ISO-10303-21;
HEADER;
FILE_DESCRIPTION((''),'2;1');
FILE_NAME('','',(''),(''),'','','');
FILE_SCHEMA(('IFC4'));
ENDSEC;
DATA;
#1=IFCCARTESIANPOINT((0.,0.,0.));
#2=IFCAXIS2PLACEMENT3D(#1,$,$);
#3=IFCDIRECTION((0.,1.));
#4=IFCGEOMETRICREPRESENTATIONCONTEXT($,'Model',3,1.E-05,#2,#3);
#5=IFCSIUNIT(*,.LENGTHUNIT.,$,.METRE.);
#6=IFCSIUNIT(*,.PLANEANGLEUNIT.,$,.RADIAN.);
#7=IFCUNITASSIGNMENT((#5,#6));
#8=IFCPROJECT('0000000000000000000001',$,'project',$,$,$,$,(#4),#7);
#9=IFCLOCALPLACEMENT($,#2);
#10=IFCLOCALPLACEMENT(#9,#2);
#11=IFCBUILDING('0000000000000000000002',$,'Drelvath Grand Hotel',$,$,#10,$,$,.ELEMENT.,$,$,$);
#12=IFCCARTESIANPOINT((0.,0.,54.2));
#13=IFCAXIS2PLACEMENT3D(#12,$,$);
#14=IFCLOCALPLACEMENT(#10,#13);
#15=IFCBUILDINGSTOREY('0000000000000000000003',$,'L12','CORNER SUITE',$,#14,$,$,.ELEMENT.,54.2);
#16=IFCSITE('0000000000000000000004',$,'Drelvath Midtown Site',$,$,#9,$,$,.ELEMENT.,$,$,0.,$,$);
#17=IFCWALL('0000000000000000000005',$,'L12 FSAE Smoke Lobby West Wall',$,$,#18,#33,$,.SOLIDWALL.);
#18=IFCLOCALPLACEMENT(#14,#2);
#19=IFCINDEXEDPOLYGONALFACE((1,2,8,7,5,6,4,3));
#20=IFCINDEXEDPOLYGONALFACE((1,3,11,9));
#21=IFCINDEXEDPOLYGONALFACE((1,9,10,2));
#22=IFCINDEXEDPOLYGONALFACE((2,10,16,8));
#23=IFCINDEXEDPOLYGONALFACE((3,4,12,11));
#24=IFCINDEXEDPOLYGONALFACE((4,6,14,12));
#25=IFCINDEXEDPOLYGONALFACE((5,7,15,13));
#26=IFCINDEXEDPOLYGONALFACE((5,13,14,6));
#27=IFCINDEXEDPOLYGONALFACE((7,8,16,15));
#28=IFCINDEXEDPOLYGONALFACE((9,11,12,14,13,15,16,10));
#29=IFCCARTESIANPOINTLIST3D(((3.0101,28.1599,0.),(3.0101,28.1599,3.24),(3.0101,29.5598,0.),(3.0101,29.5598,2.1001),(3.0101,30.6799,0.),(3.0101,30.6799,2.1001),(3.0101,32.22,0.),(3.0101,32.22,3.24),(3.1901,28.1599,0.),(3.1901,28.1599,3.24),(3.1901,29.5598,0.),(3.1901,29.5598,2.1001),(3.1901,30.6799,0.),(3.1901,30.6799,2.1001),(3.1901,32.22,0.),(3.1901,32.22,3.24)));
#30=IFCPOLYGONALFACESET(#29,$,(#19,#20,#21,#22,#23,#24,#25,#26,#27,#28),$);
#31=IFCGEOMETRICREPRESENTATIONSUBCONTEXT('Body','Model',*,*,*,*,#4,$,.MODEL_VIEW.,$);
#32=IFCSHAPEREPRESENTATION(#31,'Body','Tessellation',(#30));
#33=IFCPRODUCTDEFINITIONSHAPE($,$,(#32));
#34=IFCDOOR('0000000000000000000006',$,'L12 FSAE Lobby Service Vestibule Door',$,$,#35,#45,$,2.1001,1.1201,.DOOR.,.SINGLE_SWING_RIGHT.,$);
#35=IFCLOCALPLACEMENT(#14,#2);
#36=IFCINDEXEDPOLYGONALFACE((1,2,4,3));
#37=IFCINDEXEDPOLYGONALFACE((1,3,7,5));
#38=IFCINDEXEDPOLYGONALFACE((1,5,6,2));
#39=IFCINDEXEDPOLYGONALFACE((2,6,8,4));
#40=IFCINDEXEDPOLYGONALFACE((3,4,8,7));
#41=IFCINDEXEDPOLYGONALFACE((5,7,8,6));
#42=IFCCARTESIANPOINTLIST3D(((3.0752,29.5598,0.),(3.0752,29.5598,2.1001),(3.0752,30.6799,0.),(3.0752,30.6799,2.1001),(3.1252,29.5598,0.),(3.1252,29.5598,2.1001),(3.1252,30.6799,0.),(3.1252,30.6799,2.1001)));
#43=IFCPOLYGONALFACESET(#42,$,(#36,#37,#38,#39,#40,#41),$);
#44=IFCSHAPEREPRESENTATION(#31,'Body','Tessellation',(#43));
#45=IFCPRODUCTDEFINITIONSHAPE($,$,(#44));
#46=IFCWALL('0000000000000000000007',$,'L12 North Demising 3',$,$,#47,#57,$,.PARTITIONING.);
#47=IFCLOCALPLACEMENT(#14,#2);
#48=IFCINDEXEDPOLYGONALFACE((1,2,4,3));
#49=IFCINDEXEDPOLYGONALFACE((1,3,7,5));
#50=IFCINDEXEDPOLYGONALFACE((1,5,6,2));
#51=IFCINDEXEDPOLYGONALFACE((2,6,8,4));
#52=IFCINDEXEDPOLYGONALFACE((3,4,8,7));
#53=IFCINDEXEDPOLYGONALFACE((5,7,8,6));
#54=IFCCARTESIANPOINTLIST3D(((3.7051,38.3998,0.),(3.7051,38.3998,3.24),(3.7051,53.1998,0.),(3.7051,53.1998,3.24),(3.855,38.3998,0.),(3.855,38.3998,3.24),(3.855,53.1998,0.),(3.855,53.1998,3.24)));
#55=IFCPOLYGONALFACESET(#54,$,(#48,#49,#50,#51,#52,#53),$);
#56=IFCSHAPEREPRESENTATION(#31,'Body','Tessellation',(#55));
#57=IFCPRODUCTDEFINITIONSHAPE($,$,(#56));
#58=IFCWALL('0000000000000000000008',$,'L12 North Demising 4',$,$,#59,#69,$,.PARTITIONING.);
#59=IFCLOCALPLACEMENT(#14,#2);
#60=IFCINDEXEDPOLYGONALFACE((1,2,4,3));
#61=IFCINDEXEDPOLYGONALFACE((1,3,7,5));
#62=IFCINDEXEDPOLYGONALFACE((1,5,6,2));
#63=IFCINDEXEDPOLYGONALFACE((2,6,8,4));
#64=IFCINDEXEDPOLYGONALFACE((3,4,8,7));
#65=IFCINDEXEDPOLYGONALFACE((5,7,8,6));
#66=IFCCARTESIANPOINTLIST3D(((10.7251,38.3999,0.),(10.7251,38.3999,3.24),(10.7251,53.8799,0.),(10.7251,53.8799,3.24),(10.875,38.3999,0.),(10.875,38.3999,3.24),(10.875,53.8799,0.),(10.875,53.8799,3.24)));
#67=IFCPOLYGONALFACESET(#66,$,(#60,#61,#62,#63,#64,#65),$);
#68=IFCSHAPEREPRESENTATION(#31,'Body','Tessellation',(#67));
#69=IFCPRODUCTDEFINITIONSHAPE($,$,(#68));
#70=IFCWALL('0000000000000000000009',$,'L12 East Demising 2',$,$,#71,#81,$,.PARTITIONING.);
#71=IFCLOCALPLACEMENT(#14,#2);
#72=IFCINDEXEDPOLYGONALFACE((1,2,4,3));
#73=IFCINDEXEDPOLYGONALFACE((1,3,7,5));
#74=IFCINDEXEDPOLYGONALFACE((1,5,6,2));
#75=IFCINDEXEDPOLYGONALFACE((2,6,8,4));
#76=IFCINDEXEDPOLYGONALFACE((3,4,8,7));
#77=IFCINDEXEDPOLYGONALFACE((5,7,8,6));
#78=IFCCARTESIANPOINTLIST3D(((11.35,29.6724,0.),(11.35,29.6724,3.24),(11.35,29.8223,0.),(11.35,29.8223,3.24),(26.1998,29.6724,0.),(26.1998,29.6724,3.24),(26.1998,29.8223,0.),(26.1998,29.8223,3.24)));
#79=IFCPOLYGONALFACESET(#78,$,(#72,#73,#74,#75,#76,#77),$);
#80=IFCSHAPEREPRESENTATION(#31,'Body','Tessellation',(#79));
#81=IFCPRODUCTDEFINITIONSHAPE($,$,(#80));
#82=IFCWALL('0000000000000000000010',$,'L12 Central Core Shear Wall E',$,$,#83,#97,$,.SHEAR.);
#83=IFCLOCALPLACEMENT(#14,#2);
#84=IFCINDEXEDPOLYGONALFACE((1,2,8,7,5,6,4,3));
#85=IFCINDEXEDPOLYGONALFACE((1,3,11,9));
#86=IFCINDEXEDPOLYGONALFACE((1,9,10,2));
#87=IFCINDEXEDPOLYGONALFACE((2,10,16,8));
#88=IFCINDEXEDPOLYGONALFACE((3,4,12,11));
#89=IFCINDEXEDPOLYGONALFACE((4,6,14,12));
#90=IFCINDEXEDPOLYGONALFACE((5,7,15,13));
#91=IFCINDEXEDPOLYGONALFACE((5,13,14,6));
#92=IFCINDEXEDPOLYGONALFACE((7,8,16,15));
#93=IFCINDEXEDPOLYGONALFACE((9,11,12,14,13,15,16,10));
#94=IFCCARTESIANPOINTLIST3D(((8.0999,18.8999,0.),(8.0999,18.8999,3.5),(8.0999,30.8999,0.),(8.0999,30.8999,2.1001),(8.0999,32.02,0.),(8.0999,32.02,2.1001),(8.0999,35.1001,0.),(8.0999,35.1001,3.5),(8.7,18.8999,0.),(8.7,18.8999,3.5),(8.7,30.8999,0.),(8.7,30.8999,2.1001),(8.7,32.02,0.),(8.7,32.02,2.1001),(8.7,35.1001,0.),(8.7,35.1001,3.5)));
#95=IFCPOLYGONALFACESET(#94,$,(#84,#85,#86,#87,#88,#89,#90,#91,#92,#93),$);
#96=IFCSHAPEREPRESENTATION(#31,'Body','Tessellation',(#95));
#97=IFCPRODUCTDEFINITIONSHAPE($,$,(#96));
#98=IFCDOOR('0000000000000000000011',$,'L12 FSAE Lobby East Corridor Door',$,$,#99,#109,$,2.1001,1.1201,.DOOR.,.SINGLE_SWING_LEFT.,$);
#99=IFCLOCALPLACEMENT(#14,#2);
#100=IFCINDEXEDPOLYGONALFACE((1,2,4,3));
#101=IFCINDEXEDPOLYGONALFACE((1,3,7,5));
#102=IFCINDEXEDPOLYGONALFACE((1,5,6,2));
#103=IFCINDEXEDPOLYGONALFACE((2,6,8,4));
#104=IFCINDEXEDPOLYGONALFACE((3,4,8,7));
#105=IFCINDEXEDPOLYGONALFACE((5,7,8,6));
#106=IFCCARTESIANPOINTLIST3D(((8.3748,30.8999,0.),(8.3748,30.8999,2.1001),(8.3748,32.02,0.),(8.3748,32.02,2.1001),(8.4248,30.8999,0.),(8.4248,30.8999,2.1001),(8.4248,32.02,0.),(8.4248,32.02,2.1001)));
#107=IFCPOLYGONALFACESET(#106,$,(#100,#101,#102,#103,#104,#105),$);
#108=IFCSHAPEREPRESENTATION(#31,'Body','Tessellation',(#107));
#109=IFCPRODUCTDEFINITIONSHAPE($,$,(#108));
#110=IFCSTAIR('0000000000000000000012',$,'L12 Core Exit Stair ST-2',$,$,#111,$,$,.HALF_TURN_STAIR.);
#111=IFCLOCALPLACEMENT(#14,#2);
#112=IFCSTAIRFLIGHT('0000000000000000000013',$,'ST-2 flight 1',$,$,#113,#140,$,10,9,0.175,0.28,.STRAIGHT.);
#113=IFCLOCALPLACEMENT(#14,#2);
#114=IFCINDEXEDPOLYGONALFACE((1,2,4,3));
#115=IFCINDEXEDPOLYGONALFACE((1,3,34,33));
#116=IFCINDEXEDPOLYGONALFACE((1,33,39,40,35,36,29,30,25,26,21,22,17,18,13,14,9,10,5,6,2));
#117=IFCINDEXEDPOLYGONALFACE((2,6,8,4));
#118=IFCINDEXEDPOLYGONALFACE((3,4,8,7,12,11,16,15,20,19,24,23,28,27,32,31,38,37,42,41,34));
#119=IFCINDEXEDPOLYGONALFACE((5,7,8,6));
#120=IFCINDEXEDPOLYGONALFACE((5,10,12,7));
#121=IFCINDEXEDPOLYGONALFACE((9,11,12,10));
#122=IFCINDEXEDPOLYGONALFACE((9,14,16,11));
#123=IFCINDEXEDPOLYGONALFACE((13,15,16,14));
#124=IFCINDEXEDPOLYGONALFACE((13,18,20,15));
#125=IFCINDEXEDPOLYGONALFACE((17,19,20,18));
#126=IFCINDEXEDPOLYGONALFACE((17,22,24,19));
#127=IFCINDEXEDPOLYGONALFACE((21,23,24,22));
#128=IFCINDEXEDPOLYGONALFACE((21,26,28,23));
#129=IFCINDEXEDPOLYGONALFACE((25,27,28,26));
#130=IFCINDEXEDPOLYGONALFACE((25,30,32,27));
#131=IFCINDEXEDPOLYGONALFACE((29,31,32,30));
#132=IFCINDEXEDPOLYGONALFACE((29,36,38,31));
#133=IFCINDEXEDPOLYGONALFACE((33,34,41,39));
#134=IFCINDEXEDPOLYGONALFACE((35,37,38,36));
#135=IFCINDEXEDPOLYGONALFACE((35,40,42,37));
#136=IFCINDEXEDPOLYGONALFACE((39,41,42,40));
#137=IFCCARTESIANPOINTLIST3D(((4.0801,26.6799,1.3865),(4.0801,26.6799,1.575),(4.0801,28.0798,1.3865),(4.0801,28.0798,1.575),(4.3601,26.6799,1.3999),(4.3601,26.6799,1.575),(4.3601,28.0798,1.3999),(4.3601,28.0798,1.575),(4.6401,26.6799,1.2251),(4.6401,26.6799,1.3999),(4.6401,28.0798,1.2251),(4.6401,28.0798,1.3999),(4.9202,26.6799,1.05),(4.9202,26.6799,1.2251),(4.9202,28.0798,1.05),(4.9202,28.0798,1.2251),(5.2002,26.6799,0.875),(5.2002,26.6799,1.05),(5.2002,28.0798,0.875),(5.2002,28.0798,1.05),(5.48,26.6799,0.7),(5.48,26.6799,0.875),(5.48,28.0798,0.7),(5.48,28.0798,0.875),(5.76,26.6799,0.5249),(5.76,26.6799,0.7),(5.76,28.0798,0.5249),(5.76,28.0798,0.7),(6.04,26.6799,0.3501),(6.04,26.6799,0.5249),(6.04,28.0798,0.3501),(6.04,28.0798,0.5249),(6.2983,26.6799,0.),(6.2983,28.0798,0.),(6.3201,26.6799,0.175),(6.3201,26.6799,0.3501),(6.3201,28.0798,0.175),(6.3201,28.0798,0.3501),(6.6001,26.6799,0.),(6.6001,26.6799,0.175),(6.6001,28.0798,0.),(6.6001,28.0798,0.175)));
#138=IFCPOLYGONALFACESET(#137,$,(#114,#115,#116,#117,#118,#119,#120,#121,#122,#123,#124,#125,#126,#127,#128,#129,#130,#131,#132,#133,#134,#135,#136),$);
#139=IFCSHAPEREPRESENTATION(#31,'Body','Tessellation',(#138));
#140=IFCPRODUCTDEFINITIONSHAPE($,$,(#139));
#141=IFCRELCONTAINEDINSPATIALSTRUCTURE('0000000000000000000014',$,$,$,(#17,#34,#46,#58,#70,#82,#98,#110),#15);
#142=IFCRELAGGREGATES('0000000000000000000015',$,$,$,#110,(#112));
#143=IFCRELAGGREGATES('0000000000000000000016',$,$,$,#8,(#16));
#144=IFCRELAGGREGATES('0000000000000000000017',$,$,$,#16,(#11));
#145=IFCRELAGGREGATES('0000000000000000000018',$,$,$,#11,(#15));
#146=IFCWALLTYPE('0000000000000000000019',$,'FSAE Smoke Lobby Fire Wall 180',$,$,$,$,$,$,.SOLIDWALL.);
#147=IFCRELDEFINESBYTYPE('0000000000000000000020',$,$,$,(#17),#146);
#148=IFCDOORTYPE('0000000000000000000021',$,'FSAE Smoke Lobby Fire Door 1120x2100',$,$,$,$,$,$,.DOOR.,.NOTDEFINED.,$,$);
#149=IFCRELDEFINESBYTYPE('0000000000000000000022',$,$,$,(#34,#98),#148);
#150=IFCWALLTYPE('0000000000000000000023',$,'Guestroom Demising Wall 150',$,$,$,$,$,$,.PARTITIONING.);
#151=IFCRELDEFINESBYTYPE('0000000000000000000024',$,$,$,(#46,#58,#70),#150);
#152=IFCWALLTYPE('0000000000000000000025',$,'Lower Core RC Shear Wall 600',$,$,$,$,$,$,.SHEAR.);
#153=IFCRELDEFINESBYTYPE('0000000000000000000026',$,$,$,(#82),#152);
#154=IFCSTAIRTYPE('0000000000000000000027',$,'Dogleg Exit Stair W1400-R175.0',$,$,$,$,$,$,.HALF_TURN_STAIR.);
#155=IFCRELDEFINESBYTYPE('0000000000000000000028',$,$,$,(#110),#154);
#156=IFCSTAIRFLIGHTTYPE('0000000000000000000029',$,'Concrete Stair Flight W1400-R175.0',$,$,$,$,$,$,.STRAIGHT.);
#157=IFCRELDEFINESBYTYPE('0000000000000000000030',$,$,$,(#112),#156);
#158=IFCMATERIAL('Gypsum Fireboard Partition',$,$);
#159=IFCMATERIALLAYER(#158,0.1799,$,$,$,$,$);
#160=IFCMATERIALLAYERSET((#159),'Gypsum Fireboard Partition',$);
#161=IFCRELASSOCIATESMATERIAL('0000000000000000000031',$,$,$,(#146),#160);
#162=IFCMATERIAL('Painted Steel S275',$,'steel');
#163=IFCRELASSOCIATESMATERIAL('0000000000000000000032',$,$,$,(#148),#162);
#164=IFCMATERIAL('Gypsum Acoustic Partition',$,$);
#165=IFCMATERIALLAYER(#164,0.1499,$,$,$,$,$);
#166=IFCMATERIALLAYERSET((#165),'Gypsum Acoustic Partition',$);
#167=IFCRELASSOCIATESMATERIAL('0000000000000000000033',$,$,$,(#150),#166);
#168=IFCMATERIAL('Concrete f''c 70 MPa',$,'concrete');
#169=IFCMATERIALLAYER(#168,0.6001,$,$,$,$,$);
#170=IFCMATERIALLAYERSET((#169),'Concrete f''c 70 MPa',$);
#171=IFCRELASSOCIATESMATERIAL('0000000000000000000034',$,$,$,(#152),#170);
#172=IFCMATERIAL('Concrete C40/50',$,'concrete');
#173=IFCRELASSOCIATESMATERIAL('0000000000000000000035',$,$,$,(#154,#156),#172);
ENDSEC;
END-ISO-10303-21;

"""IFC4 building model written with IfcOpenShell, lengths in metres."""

from ifc_helpers import new_model, si_unit, direction, frame, frame_2d, origin, place, context, subcontext, project, spatial, polyline, rectangle, outline, extrude, material, layer, layer_set, type_object, element, fill, aggregate, save


model = new_model("IFC4")

# Units and contexts
model_context = context("Model", 3, precision=1e-05, world=origin(), true_north=direction((0.0, 1.0)))
body_context = subcontext(model_context, "Body", "Model", "MODEL_VIEW")
ifc_project = project(units=[si_unit("LENGTHUNIT", "METRE"), si_unit("PLANEANGLEUNIT", "RADIAN")], contexts=[model_context])

# Site, building, storey
site_placement = place(None, origin())
site = spatial("IfcSite", under=ifc_project, at=site_placement, Name="Drelvath Midtown Site", CompositionType="ELEMENT", RefElevation=0.0)
building_placement = place(site_placement, origin())
building = spatial("IfcBuilding", under=site, at=building_placement, Name="Drelvath Grand Hotel", CompositionType="ELEMENT")
storey_placement = place(building_placement, frame((0.0, 0.0, 54.2)))
storey = spatial("IfcBuildingStorey", under=building, at=storey_placement, Name="L12", Description="CORNER SUITE", CompositionType="ELEMENT", Elevation=54.2)

# Shared definitions
ifc_material_1 = material(Name="Concrete f'c 70 MPa", Category="concrete")

# Shared definitions
ifc_material_2 = material(Name="Concrete C40/50", Category="concrete")

# Shared definitions
ifc_material_3 = material(Name="Painted Steel S275", Category="steel")

# Shared definitions
ifc_material_4 = material(Name="Gypsum Fireboard Partition")

# Wall, opening, door
ifc_layer_1 = layer(ifc_material_4, 0.1799)
ifc_layer_set_1 = layer_set([ifc_layer_1], Name="Gypsum Fireboard Partition")
wall_type_1 = type_object("IfcWallType", Name="FSAE Smoke Lobby Fire Wall 180", PredefinedType="SOLIDWALL", material=ifc_layer_set_1)
wall_1_placement = place(storey_placement, frame((3.1001, 28.1599, 0.0), z_axis=(0.0, 0.0, 1.0), x_axis=(0.0, 1.0, 0.0)))
wall_1 = element("IfcWall", 1, at=wall_1_placement, inside=storey, type_object=wall_type_1, Name="L12 FSAE Smoke Lobby West Wall", PredefinedType="SOLIDWALL", context=body_context, shape_type="SweptSolid", body=[
    extrude(rectangle(XDim=4.0601, YDim=0.1799, at=frame_2d((2.03, 0.0))), origin(), (0.0, 0.0, 1.0), 3.24),
])
opening_1_placement = place(wall_1_placement, frame((1.3999, 0.0, 0.0)))
opening_1 = element("IfcOpeningElement", 2, at=opening_1_placement, cuts=wall_1, PredefinedType="OPENING", context=body_context, shape_type="SweptSolid", body=[
    extrude(rectangle(XDim=1.1201, YDim=2.1001, at=frame_2d((0.5601, 1.05))), frame((0.0, 0.0999, 0.0), z_axis=(0.0, -1.0, 0.0), x_axis=(1.0, 0.0, 0.0)), (0.0, 0.0, 1.0), 0.2),
])
door_type_1 = type_object("IfcDoorType", Name="FSAE Smoke Lobby Fire Door 1120x2100", OperationType="NOTDEFINED", PredefinedType="DOOR", material=ifc_material_3)
door_1_placement = place(opening_1_placement, origin())
door_1 = element("IfcDoor", 3, at=door_1_placement, inside=storey, type_object=door_type_1, Name="L12 FSAE Lobby Service Vestibule Door", OperationType="SINGLE_SWING_RIGHT", OverallHeight=2.1001, OverallWidth=1.1201, PredefinedType="DOOR", context=body_context, shape_type="SweptSolid", body=[
    extrude(rectangle(XDim=1.1201, YDim=2.1001, at=frame_2d((0.5601, 1.05))), frame((0.0, 0.0249, 0.0), z_axis=(0.0, -1.0, 0.0), x_axis=(1.0, 0.0, 0.0)), (0.0, 0.0, 1.0), 0.05),
])
fill(opening_1, door_1)

# Walls
ifc_material_5 = material(Name="Gypsum Acoustic Partition")
ifc_layer_2 = layer(ifc_material_5, 0.1499)
ifc_layer_set_2 = layer_set([ifc_layer_2], Name="Gypsum Acoustic Partition")
wall_type_2 = type_object("IfcWallType", Name="Guestroom Demising Wall 150", PredefinedType="PARTITIONING", material=ifc_layer_set_2)
wall_2_placement = place(storey_placement, frame((3.78, 38.3999, 0.0), z_axis=(0.0, 0.0, 1.0), x_axis=(0.0, 1.0, 0.0)))
element("IfcWall", 4, at=wall_2_placement, inside=storey, type_object=wall_type_2, Name="L12 North Demising 3", PredefinedType="PARTITIONING", context=body_context, shape_type="SweptSolid", body=[
    extrude(rectangle(XDim=14.8, YDim=0.1499, at=frame_2d((7.3999, 0.0))), origin(), (0.0, 0.0, 1.0), 3.24),
])
wall_3_placement = place(storey_placement, frame((10.8, 38.3999, 0.0), z_axis=(0.0, 0.0, 1.0), x_axis=(0.0, 1.0, 0.0)))
element("IfcWall", 5, at=wall_3_placement, inside=storey, type_object=wall_type_2, Name="L12 North Demising 4", PredefinedType="PARTITIONING", context=body_context, shape_type="SweptSolid", body=[
    extrude(rectangle(XDim=15.48, YDim=0.1499, at=frame_2d((7.74, 0.0))), origin(), (0.0, 0.0, 1.0), 3.24),
])
wall_4_placement = place(storey_placement, frame((11.3501, 29.7473, 0.0), z_axis=(0.0, 0.0, 1.0), x_axis=(1.0, 0.0, 0.0)))
element("IfcWall", 6, at=wall_4_placement, inside=storey, type_object=wall_type_2, Name="L12 East Demising 2", PredefinedType="PARTITIONING", context=body_context, shape_type="SweptSolid", body=[
    extrude(rectangle(XDim=14.8499, YDim=0.1499, at=frame_2d((7.4248, 0.0))), origin(), (0.0, 0.0, 1.0), 3.24),
])

# Wall, opening, door
ifc_layer_3 = layer(ifc_material_1, 0.6001)
ifc_layer_set_3 = layer_set([ifc_layer_3], Name="Concrete f'c 70 MPa")
wall_type_3 = type_object("IfcWallType", Name="Lower Core RC Shear Wall 600", PredefinedType="SHEAR", material=ifc_layer_set_3)
wall_5_placement = place(storey_placement, frame((8.3999, 35.1001, 0.0), z_axis=(0.0, 0.0, 1.0), x_axis=(0.0, -1.0, 0.0)))
wall_5 = element("IfcWall", 7, at=wall_5_placement, inside=storey, type_object=wall_type_3, Name="L12 Central Core Shear Wall E", PredefinedType="SHEAR", context=body_context, shape_type="SweptSolid", body=[
    extrude(rectangle(XDim=16.2002, YDim=0.6001, at=frame_2d((8.1001, 0.0))), origin(), (0.0, 0.0, 1.0), 3.5),
])
opening_2_placement = place(wall_5_placement, frame((3.0801, 0.0, 0.0)))
opening_2 = element("IfcOpeningElement", 8, at=opening_2_placement, cuts=wall_5, PredefinedType="OPENING", context=body_context, shape_type="SweptSolid", body=[
    extrude(rectangle(XDim=1.1201, YDim=2.1001, at=frame_2d((0.5601, 1.05))), frame((0.0, 0.3101, 0.0), z_axis=(0.0, -1.0, 0.0), x_axis=(1.0, 0.0, 0.0)), (0.0, 0.0, 1.0), 0.6201),
])
door_2_placement = place(opening_2_placement, origin())
door_2 = element("IfcDoor", 9, at=door_2_placement, inside=storey, type_object=door_type_1, Name="L12 FSAE Lobby East Corridor Door", OperationType="SINGLE_SWING_LEFT", OverallHeight=2.1001, OverallWidth=1.1201, PredefinedType="DOOR", context=body_context, shape_type="SweptSolid", body=[
    extrude(rectangle(XDim=1.1201, YDim=2.1001, at=frame_2d((0.5601, 1.05))), frame((0.0, 0.0249, 0.0), z_axis=(0.0, -1.0, 0.0), x_axis=(1.0, 0.0, 0.0)), (0.0, 0.0, 1.0), 0.05),
])
fill(opening_2, door_2)

# Stair, stair flight
stair_type = type_object("IfcStairType", Name="Dogleg Exit Stair W1400-R175.0", PredefinedType="HALF_TURN_STAIR", material=ifc_material_2)
stair_placement = place(storey_placement, origin())
stair = element("IfcStair", 10, at=stair_placement, inside=storey, type_object=stair_type, Name="L12 Core Exit Stair ST-2", PredefinedType="HALF_TURN_STAIR")
stair_flight_type = type_object("IfcStairFlightType", Name="Concrete Stair Flight W1400-R175.0", PredefinedType="STRAIGHT", material=ifc_material_2)
stair_flight_placement = place(storey_placement, frame((6.6001, 27.3799, 0.0), z_axis=(0.0, 0.0, 1.0), x_axis=(-1.0, 0.0, 0.0)))
stair_flight = element("IfcStairFlight", 11, at=stair_flight_placement, type_object=stair_flight_type, Name="ST-2 flight 1", NumberOfRisers=10, NumberOfTreads=9, PredefinedType="STRAIGHT", RiserHeight=0.175, TreadLength=0.28, context=body_context, shape_type="SweptSolid", body=[
    extrude(outline(polyline([(0.0, 0.0), (0.0, 0.175), (0.28, 0.175), (0.28, 0.3501), (0.5601, 0.3501), (0.5601, 0.5249), (0.8401, 0.5249), (0.8401, 0.7), (1.1201, 0.7), (1.1201, 0.875), (1.3999, 0.875), (1.3999, 1.05), (1.6799, 1.05), (1.6799, 1.2251), (1.96, 1.2251), (1.96, 1.3999), (2.24, 1.3999), (2.24, 1.575), (2.52, 1.575), (2.52, 1.75), (2.52, 1.3865), (0.3018, 0.0), (0.0, 0.0)])), frame((0.0, 0.7, 0.0), z_axis=(0.0, -1.0, 0.0), x_axis=(1.0, 0.0, 0.0)), (0.0, 0.0, 1.0), 1.3999),
])
aggregate(stair, [stair_flight])

save(model, "model.ifc")
